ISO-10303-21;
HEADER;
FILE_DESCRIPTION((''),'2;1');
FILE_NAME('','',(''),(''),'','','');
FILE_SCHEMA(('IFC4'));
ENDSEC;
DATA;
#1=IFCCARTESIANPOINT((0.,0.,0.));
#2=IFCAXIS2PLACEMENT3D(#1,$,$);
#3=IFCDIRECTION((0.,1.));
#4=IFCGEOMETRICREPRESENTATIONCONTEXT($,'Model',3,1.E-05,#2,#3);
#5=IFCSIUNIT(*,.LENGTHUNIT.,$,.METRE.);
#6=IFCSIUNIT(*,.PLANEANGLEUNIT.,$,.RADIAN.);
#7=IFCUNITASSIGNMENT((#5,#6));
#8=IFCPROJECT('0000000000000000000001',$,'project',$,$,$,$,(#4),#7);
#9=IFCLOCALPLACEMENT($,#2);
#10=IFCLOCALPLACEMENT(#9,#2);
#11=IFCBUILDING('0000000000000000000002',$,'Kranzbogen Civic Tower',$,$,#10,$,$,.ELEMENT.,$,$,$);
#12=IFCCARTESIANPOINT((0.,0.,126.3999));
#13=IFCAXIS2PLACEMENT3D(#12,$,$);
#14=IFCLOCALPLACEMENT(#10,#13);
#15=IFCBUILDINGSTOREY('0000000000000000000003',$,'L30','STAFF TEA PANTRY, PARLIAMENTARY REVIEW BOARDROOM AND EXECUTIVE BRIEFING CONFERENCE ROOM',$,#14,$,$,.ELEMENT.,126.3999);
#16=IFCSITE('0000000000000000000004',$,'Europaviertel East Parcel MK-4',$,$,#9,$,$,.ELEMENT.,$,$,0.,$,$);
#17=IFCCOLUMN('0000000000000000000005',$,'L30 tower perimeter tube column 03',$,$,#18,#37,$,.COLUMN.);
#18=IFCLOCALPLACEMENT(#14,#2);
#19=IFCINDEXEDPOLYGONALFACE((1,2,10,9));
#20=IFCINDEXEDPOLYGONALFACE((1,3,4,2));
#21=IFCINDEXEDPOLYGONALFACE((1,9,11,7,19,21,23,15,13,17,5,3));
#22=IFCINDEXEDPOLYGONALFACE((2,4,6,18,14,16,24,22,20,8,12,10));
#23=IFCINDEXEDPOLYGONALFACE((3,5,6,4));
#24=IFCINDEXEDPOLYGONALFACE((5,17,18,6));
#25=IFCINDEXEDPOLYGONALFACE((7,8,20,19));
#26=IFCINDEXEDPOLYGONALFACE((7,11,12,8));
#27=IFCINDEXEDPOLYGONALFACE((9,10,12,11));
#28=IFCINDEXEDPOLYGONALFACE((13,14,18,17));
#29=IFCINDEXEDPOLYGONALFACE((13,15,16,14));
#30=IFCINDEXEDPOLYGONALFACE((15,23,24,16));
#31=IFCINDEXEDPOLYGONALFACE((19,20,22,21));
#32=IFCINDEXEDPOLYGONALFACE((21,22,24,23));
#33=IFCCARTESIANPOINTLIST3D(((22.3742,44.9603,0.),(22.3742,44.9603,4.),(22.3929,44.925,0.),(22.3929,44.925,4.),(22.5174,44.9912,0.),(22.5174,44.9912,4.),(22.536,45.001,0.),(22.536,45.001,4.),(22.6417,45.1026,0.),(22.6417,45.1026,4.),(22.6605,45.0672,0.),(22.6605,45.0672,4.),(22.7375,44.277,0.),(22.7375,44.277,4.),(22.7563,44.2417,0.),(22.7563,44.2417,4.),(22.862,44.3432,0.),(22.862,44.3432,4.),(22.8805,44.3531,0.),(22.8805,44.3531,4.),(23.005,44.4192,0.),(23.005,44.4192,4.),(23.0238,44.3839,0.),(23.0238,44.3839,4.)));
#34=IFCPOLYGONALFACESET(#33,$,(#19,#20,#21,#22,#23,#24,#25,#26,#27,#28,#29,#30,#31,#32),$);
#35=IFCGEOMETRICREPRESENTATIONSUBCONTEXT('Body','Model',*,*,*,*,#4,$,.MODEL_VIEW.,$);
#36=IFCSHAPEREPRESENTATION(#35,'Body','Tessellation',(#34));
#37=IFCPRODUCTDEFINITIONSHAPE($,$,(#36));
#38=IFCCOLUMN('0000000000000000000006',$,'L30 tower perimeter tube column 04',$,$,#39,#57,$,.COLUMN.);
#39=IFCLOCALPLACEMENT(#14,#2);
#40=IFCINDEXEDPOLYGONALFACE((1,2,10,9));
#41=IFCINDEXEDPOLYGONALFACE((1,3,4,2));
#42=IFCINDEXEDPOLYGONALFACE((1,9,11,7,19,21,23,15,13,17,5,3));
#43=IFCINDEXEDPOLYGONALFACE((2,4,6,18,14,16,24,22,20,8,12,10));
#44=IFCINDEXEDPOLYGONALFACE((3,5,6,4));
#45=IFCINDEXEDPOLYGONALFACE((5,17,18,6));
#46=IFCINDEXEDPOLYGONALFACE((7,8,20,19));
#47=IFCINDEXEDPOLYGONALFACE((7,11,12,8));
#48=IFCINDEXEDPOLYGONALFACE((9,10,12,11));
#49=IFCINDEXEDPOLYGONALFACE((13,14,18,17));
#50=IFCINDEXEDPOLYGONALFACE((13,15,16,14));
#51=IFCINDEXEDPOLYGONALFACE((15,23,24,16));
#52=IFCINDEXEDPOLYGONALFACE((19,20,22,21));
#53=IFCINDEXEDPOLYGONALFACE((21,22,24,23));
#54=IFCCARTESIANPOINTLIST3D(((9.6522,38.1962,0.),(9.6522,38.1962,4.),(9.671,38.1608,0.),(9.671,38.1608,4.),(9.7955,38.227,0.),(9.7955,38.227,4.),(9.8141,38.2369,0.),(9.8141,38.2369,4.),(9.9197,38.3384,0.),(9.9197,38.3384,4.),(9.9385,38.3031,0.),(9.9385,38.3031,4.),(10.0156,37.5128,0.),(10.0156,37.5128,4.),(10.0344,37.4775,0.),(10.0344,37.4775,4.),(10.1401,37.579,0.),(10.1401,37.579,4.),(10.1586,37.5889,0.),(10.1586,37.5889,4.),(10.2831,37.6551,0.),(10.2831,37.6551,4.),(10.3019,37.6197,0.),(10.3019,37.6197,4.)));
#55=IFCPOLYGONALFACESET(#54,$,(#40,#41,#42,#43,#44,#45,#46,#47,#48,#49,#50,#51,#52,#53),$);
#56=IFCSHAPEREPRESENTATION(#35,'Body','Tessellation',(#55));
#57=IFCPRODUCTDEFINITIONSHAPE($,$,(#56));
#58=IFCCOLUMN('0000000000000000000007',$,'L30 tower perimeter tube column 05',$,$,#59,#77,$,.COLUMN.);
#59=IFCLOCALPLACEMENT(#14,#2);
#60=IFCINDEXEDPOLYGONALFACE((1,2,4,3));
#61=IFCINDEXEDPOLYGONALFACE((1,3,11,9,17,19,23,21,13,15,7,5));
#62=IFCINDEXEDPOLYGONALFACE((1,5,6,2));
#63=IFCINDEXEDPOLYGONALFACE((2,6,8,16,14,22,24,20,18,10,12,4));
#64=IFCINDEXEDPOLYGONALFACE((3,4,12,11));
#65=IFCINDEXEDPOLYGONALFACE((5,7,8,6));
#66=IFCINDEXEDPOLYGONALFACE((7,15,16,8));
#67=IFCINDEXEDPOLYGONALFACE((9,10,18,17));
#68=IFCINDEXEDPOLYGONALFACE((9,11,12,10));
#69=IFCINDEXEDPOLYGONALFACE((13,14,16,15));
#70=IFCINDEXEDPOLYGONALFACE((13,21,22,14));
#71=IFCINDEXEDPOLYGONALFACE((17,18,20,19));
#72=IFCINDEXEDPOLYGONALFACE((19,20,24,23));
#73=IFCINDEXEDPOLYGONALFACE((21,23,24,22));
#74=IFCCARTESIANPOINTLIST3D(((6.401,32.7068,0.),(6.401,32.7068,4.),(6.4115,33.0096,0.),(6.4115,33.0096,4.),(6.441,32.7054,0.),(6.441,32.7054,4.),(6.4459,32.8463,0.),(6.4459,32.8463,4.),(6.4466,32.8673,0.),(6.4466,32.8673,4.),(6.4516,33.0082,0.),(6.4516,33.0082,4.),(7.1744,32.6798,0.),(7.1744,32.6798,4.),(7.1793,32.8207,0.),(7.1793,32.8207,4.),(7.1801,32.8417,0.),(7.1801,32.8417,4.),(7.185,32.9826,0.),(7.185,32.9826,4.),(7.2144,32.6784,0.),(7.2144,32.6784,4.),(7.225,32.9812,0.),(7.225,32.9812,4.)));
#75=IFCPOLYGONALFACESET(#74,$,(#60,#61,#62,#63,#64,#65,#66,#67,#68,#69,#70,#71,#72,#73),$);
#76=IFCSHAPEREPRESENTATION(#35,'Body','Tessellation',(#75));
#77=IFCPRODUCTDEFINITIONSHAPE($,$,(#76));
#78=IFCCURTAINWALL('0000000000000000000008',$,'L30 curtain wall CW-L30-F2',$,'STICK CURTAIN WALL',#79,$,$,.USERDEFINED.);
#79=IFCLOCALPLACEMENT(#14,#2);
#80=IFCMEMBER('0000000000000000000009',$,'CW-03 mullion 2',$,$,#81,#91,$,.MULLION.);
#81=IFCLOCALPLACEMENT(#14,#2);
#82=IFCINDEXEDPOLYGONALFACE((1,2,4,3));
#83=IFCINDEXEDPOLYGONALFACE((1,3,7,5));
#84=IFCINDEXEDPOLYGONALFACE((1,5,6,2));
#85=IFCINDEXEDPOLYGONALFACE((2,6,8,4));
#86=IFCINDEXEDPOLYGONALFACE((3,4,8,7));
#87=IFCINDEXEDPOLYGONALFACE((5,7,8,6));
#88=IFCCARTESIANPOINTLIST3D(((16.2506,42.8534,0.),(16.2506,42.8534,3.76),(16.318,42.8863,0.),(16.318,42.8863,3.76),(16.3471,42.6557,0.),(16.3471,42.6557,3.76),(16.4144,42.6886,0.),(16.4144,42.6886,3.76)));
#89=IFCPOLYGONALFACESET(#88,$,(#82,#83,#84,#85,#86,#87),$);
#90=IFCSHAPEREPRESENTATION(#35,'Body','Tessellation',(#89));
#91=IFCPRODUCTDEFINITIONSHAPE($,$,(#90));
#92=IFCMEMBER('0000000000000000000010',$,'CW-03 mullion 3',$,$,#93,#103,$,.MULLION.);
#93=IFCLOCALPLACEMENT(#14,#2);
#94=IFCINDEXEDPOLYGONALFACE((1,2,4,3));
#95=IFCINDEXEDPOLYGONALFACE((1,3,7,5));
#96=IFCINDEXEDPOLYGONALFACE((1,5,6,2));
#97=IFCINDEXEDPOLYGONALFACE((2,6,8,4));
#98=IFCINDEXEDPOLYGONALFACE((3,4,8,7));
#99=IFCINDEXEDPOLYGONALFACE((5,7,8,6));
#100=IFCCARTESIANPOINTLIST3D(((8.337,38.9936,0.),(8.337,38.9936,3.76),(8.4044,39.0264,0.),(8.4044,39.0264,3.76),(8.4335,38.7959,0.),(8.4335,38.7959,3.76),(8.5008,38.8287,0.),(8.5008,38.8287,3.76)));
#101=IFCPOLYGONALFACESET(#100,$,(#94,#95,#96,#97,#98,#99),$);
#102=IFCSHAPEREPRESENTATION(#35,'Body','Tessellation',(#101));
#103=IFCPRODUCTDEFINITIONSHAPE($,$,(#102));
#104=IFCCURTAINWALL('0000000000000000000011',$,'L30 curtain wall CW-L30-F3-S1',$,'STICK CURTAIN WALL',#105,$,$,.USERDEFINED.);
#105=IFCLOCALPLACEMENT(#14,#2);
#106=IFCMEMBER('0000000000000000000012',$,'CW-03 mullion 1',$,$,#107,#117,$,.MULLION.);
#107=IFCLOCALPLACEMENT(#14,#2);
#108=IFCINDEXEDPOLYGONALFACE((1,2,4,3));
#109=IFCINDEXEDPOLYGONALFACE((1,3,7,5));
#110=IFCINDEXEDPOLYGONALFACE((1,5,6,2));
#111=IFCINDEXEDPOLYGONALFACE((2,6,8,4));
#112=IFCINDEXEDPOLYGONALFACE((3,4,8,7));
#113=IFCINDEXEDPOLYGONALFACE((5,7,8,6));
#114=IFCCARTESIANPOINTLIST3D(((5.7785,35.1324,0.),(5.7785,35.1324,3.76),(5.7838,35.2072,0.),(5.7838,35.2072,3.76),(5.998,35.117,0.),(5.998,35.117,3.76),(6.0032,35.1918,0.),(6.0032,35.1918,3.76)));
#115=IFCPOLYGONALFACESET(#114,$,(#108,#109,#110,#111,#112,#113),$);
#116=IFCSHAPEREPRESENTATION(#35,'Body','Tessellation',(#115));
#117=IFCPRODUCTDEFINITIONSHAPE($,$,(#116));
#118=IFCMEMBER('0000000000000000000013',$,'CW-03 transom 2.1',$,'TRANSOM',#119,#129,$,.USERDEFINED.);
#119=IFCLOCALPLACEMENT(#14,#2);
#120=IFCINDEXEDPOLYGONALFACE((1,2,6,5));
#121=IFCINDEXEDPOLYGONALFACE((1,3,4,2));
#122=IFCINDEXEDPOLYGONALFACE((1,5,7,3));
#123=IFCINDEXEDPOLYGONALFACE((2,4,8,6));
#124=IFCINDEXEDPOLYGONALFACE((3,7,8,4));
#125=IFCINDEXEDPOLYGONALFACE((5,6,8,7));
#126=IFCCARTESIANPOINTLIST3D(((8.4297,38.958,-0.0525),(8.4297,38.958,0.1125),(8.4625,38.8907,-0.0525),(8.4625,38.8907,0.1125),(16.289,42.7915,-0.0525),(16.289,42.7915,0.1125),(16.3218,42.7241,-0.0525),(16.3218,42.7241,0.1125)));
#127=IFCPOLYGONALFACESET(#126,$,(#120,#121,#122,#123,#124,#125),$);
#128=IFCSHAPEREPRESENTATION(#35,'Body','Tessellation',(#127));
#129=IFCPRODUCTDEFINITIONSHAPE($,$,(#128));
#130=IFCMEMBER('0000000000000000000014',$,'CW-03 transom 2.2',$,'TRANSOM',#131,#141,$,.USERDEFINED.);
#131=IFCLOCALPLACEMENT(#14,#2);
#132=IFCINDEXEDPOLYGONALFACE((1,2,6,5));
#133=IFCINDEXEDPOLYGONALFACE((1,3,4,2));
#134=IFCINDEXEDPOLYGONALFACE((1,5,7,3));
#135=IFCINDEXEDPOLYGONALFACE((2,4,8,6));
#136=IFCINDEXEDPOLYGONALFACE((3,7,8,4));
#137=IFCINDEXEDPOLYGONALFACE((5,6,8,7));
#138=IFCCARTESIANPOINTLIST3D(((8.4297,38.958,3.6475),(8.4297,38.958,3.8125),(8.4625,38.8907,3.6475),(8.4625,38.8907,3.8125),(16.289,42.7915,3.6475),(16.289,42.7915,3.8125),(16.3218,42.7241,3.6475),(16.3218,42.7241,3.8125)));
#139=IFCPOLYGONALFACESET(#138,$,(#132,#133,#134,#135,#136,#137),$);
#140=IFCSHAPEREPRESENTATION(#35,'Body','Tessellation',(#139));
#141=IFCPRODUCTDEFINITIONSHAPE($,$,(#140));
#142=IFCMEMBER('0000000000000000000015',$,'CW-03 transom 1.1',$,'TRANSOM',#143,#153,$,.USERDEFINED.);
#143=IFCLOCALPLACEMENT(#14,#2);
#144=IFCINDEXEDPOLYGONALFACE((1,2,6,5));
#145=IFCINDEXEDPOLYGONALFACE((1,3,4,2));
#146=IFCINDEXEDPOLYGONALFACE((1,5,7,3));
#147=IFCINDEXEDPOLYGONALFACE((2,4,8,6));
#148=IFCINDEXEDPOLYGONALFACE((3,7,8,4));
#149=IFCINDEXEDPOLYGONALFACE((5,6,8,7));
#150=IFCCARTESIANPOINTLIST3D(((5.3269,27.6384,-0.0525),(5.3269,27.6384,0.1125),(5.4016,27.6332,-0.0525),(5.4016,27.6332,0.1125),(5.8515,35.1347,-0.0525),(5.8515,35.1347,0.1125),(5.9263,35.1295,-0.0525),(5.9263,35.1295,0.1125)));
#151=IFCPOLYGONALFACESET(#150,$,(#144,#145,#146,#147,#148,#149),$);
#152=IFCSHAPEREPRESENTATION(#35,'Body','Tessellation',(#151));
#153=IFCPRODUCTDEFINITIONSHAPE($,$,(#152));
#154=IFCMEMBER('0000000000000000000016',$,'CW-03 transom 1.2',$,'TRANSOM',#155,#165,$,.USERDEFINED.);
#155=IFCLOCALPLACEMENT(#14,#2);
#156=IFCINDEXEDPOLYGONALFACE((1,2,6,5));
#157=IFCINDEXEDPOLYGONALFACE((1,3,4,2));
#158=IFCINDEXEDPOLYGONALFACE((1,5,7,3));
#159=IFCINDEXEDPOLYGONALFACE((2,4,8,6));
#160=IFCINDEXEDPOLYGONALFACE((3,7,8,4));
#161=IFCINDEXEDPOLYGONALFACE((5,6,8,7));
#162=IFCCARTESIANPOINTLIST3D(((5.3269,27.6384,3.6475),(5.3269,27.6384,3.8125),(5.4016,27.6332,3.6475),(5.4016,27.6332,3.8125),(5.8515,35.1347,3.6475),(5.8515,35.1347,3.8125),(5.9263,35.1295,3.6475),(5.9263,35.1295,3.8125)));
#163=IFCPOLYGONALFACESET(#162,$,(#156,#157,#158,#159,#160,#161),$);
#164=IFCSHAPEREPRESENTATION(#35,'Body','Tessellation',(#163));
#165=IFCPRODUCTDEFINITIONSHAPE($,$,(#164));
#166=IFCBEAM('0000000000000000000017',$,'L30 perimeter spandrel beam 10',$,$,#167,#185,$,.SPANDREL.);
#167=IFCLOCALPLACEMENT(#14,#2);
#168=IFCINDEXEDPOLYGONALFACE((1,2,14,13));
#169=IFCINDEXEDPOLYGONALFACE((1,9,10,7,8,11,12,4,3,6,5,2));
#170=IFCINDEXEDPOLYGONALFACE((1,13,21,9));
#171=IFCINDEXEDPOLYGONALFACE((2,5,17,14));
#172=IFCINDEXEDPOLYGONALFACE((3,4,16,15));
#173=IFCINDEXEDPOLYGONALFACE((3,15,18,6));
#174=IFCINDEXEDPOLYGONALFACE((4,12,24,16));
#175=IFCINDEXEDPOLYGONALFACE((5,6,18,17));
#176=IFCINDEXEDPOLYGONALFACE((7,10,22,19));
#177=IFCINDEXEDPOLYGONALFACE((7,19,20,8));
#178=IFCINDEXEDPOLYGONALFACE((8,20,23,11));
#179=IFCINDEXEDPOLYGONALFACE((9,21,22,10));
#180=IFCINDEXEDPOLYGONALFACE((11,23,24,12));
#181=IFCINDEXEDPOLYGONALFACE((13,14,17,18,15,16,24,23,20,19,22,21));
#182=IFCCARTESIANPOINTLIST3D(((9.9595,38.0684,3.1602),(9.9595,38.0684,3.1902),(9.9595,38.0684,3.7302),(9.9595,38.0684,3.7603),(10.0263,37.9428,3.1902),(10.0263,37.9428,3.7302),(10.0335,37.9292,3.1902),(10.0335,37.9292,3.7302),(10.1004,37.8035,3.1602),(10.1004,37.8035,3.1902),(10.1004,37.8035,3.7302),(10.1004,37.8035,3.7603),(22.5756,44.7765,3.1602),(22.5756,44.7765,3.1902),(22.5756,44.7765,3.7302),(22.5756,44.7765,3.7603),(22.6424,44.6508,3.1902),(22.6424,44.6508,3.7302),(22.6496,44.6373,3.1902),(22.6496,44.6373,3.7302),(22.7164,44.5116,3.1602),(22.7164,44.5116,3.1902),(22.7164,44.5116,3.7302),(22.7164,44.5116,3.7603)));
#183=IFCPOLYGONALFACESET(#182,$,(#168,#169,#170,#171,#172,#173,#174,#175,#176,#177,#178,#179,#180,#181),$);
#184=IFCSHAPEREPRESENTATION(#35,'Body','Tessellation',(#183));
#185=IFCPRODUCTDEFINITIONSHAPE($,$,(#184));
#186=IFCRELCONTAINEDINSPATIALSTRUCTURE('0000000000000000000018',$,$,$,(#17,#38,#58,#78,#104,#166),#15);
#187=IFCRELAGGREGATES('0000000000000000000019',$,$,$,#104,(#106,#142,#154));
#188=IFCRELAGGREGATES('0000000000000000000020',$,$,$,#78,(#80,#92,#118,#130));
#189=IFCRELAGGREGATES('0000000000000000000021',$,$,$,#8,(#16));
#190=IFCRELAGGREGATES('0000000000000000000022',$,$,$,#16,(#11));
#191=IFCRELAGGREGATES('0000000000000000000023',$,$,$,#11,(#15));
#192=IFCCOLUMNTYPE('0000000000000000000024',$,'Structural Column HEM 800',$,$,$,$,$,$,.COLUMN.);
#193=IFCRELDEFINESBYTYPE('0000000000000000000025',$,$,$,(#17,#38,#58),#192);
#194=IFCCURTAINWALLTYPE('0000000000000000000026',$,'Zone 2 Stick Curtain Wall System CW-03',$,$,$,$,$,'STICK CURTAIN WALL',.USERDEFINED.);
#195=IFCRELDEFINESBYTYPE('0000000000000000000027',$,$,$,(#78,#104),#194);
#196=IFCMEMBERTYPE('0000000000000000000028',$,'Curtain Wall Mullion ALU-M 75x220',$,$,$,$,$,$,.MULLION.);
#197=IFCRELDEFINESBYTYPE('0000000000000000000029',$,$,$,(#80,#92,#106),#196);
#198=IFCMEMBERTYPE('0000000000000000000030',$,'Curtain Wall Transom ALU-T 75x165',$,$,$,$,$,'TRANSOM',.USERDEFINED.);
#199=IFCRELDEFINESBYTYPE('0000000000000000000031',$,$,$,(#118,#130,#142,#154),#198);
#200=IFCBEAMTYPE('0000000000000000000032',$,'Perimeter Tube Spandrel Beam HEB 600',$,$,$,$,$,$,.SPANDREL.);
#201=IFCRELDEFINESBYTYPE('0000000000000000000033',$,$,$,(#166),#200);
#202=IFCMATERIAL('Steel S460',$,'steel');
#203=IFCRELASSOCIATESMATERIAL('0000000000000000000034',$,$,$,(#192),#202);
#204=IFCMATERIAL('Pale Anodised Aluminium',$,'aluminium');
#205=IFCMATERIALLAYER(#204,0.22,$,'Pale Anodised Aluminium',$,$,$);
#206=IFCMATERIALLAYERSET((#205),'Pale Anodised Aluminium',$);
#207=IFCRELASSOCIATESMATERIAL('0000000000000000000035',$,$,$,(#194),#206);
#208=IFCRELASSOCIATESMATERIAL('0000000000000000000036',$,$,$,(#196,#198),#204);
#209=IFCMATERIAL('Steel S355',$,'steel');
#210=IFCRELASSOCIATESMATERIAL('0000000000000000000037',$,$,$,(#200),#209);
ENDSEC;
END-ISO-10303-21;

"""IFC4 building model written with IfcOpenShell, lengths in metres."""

from ifc_helpers import new_model, si_unit, direction, frame, origin, origin_2d, place, context, subcontext, project, spatial, rectangle, i_section, extrude, material, layer, layer_set, material_profile, profile_set, type_object, element, aggregate, save


model = new_model("IFC4")

# Units and contexts
model_context = context("Model", 3, precision=1e-05, world=origin(), true_north=direction((0.0, 1.0)))
body_context = subcontext(model_context, "Body", "Model", "MODEL_VIEW")
ifc_project = project(units=[si_unit("LENGTHUNIT", "METRE"), si_unit("PLANEANGLEUNIT", "RADIAN")], contexts=[model_context])

# Site, building, storey
site_placement = place(None, origin())
site = spatial("IfcSite", under=ifc_project, at=site_placement, Name="Europaviertel East Parcel MK-4", CompositionType="ELEMENT", RefElevation=0.0)
building_placement = place(site_placement, origin())
building = spatial("IfcBuilding", under=site, at=building_placement, Name="Kranzbogen Civic Tower", CompositionType="ELEMENT")
storey_placement = place(building_placement, frame((0.0, 0.0, 126.3999)))
storey = spatial("IfcBuildingStorey", under=building, at=storey_placement, Name="L30", Description="STAFF TEA PANTRY, PARLIAMENTARY REVIEW BOARDROOM AND EXECUTIVE BRIEFING CONFERENCE ROOM", CompositionType="ELEMENT", Elevation=126.3999)

# Columns
ifc_material_1 = material(Name="Steel S460", Category="steel")
ifc_material_profile_1 = material_profile(ifc_material_1, i_section(OverallWidth=0.303, OverallDepth=0.814, WebThickness=0.021, FlangeThickness=0.04, at=origin_2d()), Name="HEM 800")
ifc_profile_set_1 = profile_set([ifc_material_profile_1], Name="Steel S460")
column_type = type_object("IfcColumnType", Name="Structural Column HEM 800", PredefinedType="COLUMN", material=ifc_profile_set_1)
for number, where, z_axis, x_axis, name in (
    (1, (22.699, 44.6721, 0.0), (0.0, 0.0, 1.0), (0.882948, 0.469472, 0.0), "L30 tower perimeter tube column 03"),
    (2, (9.9771, 37.908, 0.0), (0.0, 0.0, 1.0), (0.882948, 0.469472, 0.0), "L30 tower perimeter tube column 04"),
    (3, (6.813, 32.844, 0.0), (0.0, 0.0, 1.0), (0.034899, 0.999391, 0.0), "L30 tower perimeter tube column 05"),
):
    element("IfcColumn", number, at=place(storey_placement, frame(where, z_axis=z_axis, x_axis=x_axis)), inside=storey, type_object=column_type, Name=name, PredefinedType="COLUMN", context=body_context, shape_type="SweptSolid", body=[
        extrude(i_section(OverallWidth=0.303, OverallDepth=0.814, WebThickness=0.021, FlangeThickness=0.04, at=origin_2d()), origin(), (0.0, 0.0, 1.0), 4.0),
    ])

# Curtain wall, members
ifc_material_2 = material(Name="Pale Anodised Aluminium", Category="aluminium")
ifc_layer_1 = layer(ifc_material_2, 0.22, Name="Pale Anodised Aluminium")
ifc_layer_set_1 = layer_set([ifc_layer_1], Name="Pale Anodised Aluminium")
curtain_wall_type = type_object("IfcCurtainWallType", Name="Zone 2 Stick Curtain Wall System CW-03", ElementType="STICK CURTAIN WALL", PredefinedType="USERDEFINED", material=ifc_layer_set_1)
curtain_wall_1_placement = place(storey_placement, origin())
curtain_wall_1 = element("IfcCurtainWall", 4, at=curtain_wall_1_placement, inside=storey, type_object=curtain_wall_type, Name="L30 curtain wall CW-L30-F2", ObjectType="STICK CURTAIN WALL", PredefinedType="USERDEFINED")
ifc_material_profile_2 = material_profile(ifc_material_2, rectangle(XDim=0.075, YDim=0.22, at=origin_2d()), Name="ALU-M 75x220")
ifc_profile_set_2 = profile_set([ifc_material_profile_2], Name="Pale Anodised Aluminium")
member_type_1 = type_object("IfcMemberType", Name="Curtain Wall Mullion ALU-M 75x220", PredefinedType="MULLION", material=ifc_profile_set_2)
member_1_placement = place(storey_placement, frame((16.3325, 42.771, 0.0), z_axis=(0.0, 0.0, 1.0), x_axis=(-0.898787, -0.438386, 0.0)))
member_1 = element("IfcMember", 5, at=member_1_placement, type_object=member_type_1, Name="CW-03 mullion 2", PredefinedType="MULLION", context=body_context, shape_type="SweptSolid", body=[
    extrude(rectangle(XDim=0.075, YDim=0.22, at=origin_2d()), origin(), (0.0, 0.0, 1.0), 3.76),
])
member_2_placement = place(storey_placement, frame((8.4189, 38.9111, 0.0), z_axis=(0.0, 0.0, 1.0), x_axis=(-0.898787, -0.438386, 0.0)))
member_2 = element("IfcMember", 6, at=member_2_placement, type_object=member_type_1, Name="CW-03 mullion 3", PredefinedType="MULLION", context=body_context, shape_type="SweptSolid", body=[
    extrude(rectangle(XDim=0.075, YDim=0.22, at=origin_2d()), origin(), (0.0, 0.0, 1.0), 3.76),
])

# Curtain wall, member
curtain_wall_2_placement = place(storey_placement, origin())
curtain_wall_2 = element("IfcCurtainWall", 7, at=curtain_wall_2_placement, inside=storey, type_object=curtain_wall_type, Name="L30 curtain wall CW-L30-F3-S1", ObjectType="STICK CURTAIN WALL", PredefinedType="USERDEFINED")
member_3_placement = place(storey_placement, frame((5.8909, 35.1621, 0.0), z_axis=(0.0, 0.0, 1.0), x_axis=(-0.069813, -0.99756, 0.0)))
member_3 = element("IfcMember", 8, at=member_3_placement, type_object=member_type_1, Name="CW-03 mullion 1", PredefinedType="MULLION", context=body_context, shape_type="SweptSolid", body=[
    extrude(rectangle(XDim=0.075, YDim=0.22, at=origin_2d()), origin(), (0.0, 0.0, 1.0), 3.76),
])

# Members
ifc_material_profile_3 = material_profile(ifc_material_2, rectangle(XDim=0.075, YDim=0.165, at=origin_2d()), Name="ALU-T 75x165")
ifc_profile_set_3 = profile_set([ifc_material_profile_3], Name="Pale Anodised Aluminium")
member_type_2 = type_object("IfcMemberType", Name="Curtain Wall Transom ALU-T 75x165", ElementType="TRANSOM", PredefinedType="USERDEFINED", material=ifc_profile_set_3)
member_4_placement = place(storey_placement, frame((16.3054, 42.7578, 0.03), z_axis=(-0.898784, -0.438392, 0.0), x_axis=(0.438392, -0.898784, 0.0)))
member_4 = element("IfcMember", 9, at=member_4_placement, type_object=member_type_2, Name="CW-03 transom 2.1", ObjectType="TRANSOM", PredefinedType="USERDEFINED", context=body_context, shape_type="SweptSolid", body=[
    extrude(rectangle(XDim=0.075, YDim=0.165, at=origin_2d()), origin(), (0.0, 0.0, 1.0), 8.7444),
])
member_5_placement = place(storey_placement, frame((16.3054, 42.7578, 3.73), z_axis=(-0.898784, -0.438392, 0.0), x_axis=(0.438392, -0.898784, 0.0)))
member_5 = element("IfcMember", 10, at=member_5_placement, type_object=member_type_2, Name="CW-03 transom 2.2", ObjectType="TRANSOM", PredefinedType="USERDEFINED", context=body_context, shape_type="SweptSolid", body=[
    extrude(rectangle(XDim=0.075, YDim=0.165, at=origin_2d()), origin(), (0.0, 0.0, 1.0), 8.7444),
])
member_6_placement = place(storey_placement, frame((5.8889, 35.1321, 0.03), z_axis=(-0.069818, -0.99756, 0.0), x_axis=(0.99756, -0.069818, 0.0)))
member_6 = element("IfcMember", 11, at=member_6_placement, type_object=member_type_2, Name="CW-03 transom 1.1", ObjectType="TRANSOM", PredefinedType="USERDEFINED", context=body_context, shape_type="SweptSolid", body=[
    extrude(rectangle(XDim=0.075, YDim=0.165, at=origin_2d()), origin(), (0.0, 0.0, 1.0), 7.5146),
])
member_7_placement = place(storey_placement, frame((5.8889, 35.1321, 3.73), z_axis=(-0.069818, -0.99756, 0.0), x_axis=(0.99756, -0.069818, 0.0)))
member_7 = element("IfcMember", 12, at=member_7_placement, type_object=member_type_2, Name="CW-03 transom 1.2", ObjectType="TRANSOM", PredefinedType="USERDEFINED", context=body_context, shape_type="SweptSolid", body=[
    extrude(rectangle(XDim=0.075, YDim=0.165, at=origin_2d()), origin(), (0.0, 0.0, 1.0), 7.5146),
])
aggregate(curtain_wall_2, [member_3, member_6, member_7])

# Beam
ifc_material_3 = material(Name="Steel S355", Category="steel")
ifc_material_profile_4 = material_profile(ifc_material_3, i_section(OverallWidth=0.3, OverallDepth=0.6001, WebThickness=0.0154, FlangeThickness=0.03, at=origin_2d()), Name="HEB 600")
ifc_profile_set_4 = profile_set([ifc_material_profile_4], Name="Steel S355")
beam_type_1 = type_object("IfcBeamType", Name="Perimeter Tube Spandrel Beam HEB 600", PredefinedType="SPANDREL", material=ifc_profile_set_4)
beam_1_placement = place(storey_placement, frame((22.646, 44.644, 3.4602), z_axis=(-0.882948, -0.46947, 0.0), x_axis=(0.46947, -0.882948, 0.0)))
element("IfcBeam", 13, at=beam_1_placement, inside=storey, type_object=beam_type_1, Name="L30 perimeter spandrel beam 10", PredefinedType="SPANDREL", context=body_context, shape_type="SweptSolid", body=[
    extrude(i_section(OverallWidth=0.3, OverallDepth=0.6001, WebThickness=0.0154, FlangeThickness=0.03, at=origin_2d()), origin(), (0.0, 0.0, 1.0), 14.2886),
])

aggregate(curtain_wall_1, [member_1, member_2, member_4, member_5])

save(model, "model.ifc")
